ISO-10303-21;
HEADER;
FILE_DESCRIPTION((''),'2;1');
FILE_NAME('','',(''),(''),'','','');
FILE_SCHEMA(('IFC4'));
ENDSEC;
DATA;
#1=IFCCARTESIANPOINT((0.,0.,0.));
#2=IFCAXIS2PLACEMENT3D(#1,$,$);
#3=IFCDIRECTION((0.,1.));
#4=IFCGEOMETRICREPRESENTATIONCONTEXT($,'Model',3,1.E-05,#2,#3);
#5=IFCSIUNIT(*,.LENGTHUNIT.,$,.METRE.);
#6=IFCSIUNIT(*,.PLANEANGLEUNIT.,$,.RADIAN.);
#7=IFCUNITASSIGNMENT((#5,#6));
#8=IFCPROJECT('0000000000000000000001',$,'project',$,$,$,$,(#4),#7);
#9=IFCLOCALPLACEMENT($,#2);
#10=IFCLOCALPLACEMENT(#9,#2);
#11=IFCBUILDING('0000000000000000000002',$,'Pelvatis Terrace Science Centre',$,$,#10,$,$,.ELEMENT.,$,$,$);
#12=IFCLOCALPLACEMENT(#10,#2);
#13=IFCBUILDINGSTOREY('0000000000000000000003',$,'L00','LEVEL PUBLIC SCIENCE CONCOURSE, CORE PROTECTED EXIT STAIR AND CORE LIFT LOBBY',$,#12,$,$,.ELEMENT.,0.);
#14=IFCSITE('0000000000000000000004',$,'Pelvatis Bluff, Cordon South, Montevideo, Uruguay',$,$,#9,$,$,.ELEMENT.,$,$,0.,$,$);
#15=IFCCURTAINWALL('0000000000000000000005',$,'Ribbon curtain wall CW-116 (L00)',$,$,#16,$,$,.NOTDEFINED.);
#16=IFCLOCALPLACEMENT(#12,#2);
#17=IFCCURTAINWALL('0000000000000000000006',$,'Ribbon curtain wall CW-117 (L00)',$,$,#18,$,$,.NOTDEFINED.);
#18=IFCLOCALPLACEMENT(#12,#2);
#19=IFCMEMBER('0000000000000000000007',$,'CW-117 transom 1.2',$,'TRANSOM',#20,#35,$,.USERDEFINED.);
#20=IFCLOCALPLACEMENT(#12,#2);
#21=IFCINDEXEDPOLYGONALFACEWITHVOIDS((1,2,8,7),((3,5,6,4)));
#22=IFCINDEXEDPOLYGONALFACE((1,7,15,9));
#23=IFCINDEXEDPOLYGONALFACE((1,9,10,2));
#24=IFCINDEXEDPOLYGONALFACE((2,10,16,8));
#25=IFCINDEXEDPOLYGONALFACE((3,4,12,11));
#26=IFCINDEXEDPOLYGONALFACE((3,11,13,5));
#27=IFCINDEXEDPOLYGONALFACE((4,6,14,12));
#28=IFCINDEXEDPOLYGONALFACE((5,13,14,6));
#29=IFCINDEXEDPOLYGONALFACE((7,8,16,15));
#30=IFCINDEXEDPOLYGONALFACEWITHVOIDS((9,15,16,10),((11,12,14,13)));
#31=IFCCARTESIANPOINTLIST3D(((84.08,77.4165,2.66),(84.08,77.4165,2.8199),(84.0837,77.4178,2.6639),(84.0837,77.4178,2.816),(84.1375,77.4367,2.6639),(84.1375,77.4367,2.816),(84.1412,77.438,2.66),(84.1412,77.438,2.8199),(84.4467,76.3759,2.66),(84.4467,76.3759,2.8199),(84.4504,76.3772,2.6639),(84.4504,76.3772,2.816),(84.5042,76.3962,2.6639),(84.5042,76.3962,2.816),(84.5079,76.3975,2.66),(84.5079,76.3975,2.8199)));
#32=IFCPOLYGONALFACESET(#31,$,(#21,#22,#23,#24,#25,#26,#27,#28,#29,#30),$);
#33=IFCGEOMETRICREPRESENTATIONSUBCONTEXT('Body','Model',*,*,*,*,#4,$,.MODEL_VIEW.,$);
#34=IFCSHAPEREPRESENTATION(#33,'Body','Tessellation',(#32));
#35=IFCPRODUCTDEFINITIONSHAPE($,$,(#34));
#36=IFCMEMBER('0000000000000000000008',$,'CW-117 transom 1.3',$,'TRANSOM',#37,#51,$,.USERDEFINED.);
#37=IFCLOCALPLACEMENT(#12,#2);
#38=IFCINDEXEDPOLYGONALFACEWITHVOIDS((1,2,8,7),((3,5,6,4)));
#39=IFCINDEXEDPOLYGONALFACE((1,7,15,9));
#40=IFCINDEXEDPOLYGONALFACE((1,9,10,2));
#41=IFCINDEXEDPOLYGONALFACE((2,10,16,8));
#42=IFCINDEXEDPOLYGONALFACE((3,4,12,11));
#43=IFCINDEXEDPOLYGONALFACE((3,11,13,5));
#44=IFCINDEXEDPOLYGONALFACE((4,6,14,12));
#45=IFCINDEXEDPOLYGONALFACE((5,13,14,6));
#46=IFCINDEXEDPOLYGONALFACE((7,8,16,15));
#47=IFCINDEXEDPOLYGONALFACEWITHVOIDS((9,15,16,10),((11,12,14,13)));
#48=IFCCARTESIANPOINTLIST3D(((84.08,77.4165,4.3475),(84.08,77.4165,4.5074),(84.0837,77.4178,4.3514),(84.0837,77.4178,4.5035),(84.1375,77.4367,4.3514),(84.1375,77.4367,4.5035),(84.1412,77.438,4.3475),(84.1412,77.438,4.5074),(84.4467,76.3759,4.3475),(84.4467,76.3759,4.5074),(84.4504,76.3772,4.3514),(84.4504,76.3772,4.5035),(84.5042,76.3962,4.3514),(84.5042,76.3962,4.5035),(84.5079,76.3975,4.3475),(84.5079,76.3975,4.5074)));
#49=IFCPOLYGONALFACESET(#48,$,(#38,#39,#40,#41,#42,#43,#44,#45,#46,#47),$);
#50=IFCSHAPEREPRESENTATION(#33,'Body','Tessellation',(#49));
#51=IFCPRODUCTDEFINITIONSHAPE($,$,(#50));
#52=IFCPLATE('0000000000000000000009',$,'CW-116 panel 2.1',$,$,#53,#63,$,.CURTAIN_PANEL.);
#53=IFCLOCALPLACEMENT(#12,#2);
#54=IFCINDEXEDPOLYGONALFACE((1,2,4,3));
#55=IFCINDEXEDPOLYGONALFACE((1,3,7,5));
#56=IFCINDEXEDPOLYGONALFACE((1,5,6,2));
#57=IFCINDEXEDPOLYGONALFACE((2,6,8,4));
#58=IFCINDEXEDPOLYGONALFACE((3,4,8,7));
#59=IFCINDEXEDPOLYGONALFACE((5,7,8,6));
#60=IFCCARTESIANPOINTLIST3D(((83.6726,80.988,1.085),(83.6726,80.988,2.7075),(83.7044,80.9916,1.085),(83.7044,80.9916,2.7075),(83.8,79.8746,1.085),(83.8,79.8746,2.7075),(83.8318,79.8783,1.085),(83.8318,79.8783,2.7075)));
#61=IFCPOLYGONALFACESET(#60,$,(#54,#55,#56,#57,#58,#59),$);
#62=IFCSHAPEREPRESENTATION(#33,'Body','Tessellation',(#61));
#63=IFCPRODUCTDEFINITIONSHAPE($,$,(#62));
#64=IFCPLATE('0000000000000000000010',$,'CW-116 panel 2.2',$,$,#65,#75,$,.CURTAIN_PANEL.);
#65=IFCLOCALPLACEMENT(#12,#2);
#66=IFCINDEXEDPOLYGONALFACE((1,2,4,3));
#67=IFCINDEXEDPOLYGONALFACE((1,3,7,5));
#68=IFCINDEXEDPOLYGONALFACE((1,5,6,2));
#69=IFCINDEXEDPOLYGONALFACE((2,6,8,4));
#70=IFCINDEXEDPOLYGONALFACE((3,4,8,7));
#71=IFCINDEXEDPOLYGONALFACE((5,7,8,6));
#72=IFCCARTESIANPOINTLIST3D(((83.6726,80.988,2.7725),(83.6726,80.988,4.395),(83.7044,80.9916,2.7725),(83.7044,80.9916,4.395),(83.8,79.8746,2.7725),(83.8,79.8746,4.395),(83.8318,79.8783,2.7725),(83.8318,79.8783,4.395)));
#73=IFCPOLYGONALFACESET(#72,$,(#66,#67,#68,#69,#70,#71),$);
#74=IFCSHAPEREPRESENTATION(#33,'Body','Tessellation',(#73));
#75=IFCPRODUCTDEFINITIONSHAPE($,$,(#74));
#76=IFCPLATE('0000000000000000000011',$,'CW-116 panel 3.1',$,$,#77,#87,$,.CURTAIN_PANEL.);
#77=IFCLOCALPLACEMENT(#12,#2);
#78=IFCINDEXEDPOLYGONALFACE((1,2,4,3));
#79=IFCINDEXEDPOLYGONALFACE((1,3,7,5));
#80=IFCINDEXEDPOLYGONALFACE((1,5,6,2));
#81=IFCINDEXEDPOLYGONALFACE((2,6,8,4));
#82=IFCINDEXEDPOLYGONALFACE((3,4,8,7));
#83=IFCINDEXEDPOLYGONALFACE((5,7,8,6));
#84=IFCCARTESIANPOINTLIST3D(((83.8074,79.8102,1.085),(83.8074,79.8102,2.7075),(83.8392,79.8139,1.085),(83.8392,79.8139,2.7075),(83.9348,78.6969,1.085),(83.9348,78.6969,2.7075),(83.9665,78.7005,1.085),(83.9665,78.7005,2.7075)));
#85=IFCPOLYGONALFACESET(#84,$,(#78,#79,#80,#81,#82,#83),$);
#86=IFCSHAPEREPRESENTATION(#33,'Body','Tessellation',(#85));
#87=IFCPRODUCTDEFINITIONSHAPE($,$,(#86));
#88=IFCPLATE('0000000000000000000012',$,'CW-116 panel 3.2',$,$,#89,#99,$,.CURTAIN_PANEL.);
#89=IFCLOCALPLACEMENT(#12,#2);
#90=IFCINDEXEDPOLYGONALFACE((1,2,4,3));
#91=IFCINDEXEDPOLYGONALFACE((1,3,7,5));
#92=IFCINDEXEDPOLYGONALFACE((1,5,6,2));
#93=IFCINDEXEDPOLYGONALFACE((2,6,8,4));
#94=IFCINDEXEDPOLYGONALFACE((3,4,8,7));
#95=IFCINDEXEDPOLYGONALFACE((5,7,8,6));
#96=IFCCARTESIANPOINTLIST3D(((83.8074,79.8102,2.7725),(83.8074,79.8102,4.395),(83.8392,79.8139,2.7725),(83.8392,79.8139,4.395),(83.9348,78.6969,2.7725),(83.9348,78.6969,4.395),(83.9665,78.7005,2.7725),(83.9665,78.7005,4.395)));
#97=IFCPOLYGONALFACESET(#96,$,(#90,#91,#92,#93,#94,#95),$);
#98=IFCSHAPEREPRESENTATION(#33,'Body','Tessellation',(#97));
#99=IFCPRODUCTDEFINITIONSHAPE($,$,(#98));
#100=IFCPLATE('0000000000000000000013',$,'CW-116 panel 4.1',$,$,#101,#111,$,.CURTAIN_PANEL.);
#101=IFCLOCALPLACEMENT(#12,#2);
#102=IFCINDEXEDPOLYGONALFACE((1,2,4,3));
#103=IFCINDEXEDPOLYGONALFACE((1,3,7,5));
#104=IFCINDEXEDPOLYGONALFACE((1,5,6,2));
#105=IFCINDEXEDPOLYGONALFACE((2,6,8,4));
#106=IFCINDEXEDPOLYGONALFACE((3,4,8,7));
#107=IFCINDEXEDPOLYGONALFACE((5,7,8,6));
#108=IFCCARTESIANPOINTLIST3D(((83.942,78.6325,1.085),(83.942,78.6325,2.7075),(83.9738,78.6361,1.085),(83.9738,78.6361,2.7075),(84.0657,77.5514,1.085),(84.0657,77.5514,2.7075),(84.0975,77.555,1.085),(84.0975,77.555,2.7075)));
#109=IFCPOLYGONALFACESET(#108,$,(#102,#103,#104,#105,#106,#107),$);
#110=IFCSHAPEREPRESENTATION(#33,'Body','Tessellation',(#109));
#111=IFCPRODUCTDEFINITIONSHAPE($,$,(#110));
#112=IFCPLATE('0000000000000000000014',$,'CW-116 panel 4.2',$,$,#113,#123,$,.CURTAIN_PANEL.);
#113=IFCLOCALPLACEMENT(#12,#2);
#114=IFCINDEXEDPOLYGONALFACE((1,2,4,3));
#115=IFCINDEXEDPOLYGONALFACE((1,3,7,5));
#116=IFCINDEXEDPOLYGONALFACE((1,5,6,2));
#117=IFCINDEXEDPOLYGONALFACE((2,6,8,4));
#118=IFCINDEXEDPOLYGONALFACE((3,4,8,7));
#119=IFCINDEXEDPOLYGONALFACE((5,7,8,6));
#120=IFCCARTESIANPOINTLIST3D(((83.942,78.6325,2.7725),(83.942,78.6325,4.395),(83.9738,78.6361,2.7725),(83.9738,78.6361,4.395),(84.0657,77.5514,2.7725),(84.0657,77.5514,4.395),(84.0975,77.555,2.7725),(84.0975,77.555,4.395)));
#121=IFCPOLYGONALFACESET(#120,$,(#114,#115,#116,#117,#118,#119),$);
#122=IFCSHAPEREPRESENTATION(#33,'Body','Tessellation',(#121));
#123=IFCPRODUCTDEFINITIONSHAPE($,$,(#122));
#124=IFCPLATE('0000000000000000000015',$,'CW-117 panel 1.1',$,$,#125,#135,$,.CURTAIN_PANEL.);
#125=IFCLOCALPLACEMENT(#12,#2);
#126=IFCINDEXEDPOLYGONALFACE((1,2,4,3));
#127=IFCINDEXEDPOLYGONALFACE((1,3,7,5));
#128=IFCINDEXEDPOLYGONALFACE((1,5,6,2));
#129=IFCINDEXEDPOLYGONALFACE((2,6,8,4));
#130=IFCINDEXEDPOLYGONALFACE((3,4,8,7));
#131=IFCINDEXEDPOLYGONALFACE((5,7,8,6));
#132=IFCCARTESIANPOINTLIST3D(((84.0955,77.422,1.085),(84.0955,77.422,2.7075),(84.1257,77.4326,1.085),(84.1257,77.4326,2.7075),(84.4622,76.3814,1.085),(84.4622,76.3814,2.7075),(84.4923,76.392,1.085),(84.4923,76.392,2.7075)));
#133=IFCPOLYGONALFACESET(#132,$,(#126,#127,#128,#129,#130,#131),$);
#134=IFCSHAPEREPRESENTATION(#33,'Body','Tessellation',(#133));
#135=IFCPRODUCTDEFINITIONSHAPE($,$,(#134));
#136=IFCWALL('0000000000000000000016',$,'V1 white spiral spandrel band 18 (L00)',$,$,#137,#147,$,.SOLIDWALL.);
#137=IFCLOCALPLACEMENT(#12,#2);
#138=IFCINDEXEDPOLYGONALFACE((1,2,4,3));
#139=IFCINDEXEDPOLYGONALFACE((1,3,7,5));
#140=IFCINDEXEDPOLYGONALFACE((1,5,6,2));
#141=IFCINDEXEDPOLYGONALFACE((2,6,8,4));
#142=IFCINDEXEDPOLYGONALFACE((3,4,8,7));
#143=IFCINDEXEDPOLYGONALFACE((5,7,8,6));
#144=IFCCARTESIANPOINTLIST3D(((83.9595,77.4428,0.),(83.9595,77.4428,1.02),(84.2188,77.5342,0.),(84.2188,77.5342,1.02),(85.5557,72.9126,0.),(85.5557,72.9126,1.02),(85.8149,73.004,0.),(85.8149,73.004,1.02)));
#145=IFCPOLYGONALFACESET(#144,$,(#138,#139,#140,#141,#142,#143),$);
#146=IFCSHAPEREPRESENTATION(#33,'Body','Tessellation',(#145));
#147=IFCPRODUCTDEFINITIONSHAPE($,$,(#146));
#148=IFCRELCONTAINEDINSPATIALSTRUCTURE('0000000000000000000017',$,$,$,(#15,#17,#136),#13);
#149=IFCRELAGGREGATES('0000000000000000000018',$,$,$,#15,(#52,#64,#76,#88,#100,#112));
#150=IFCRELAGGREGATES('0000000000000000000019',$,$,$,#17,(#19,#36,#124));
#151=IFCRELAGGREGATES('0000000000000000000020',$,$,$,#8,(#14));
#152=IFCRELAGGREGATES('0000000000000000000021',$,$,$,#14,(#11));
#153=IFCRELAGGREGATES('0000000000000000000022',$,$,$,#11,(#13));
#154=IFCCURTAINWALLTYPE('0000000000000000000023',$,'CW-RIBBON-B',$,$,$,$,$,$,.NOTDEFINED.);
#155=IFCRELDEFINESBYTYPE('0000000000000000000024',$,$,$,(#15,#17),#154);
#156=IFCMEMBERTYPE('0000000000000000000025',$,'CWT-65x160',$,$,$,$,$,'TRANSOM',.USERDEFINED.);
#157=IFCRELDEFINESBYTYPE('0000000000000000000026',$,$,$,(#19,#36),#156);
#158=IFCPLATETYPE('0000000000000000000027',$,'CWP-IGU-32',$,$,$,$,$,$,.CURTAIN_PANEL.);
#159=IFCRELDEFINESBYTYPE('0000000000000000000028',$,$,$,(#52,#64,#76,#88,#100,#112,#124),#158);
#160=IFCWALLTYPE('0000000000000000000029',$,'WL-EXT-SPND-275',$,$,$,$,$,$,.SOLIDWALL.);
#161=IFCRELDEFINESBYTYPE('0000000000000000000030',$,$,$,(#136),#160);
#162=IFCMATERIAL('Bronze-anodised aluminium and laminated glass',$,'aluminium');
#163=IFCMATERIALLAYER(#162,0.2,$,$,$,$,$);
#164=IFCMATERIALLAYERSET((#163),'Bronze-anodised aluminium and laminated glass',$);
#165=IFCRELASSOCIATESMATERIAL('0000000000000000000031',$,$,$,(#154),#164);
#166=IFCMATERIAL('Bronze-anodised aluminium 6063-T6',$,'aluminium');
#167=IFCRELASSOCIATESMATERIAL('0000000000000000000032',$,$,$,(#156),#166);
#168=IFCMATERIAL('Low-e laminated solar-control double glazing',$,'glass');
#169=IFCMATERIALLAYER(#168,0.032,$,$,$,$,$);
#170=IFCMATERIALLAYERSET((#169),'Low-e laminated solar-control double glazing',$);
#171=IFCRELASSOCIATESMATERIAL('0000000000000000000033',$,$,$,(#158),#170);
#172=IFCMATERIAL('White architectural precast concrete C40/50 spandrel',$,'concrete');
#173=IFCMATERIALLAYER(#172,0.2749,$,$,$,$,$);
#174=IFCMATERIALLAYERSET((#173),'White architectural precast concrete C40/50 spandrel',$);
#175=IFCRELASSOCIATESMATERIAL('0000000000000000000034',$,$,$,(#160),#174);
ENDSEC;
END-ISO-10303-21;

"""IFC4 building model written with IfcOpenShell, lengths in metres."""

from ifc_helpers import new_model, si_unit, direction, frame, frame_2d, origin, origin_2d, place, context, subcontext, project, spatial, rectangle, hollow_rectangle, extrude, material, layer, layer_set, material_profile, profile_set, type_object, element, aggregate, save


model = new_model("IFC4")

# Units and contexts
model_context = context("Model", 3, precision=1e-05, world=origin(), true_north=direction((0.0, 1.0)))
body_context = subcontext(model_context, "Body", "Model", "MODEL_VIEW")
ifc_project = project(units=[si_unit("LENGTHUNIT", "METRE"), si_unit("PLANEANGLEUNIT", "RADIAN")], contexts=[model_context])

# Site, building, storey
site_placement = place(None, origin())
site = spatial("IfcSite", under=ifc_project, at=site_placement, Name="Pelvatis Bluff, Cordon South, Montevideo, Uruguay", CompositionType="ELEMENT", RefElevation=0.0)
building_placement = place(site_placement, origin())
building = spatial("IfcBuilding", under=site, at=building_placement, Name="Pelvatis Terrace Science Centre", CompositionType="ELEMENT")
storey_placement = place(building_placement, origin())
storey = spatial("IfcBuildingStorey", under=building, at=storey_placement, Name="L00", Description="LEVEL PUBLIC SCIENCE CONCOURSE, CORE PROTECTED EXIT STAIR AND CORE LIFT LOBBY", CompositionType="ELEMENT", Elevation=0.0)

# Curtain wall
ifc_material_1 = material(Name="Bronze-anodised aluminium and laminated glass", Category="aluminium")
ifc_layer_1 = layer(ifc_material_1, 0.2)
ifc_layer_set_1 = layer_set([ifc_layer_1], Name="Bronze-anodised aluminium and laminated glass")
curtain_wall_type = type_object("IfcCurtainWallType", Name="CW-RIBBON-B", PredefinedType="NOTDEFINED", material=ifc_layer_set_1)
curtain_wall_1_placement = place(storey_placement, origin())
curtain_wall_1 = element("IfcCurtainWall", 1, at=curtain_wall_1_placement, inside=storey, type_object=curtain_wall_type, Name="Ribbon curtain wall CW-116 (L00)", PredefinedType="NOTDEFINED")

# Curtain wall
curtain_wall_2_placement = place(storey_placement, origin())
curtain_wall_2 = element("IfcCurtainWall", 2, at=curtain_wall_2_placement, inside=storey, type_object=curtain_wall_type, Name="Ribbon curtain wall CW-117 (L00)", PredefinedType="NOTDEFINED")

# Members
ifc_material_2 = material(Name="Bronze-anodised aluminium 6063-T6", Category="aluminium")
ifc_material_profile_1 = material_profile(ifc_material_2, hollow_rectangle(XDim=0.0649, YDim=0.1599, WallThickness=0.0039, at=origin_2d()), Name="ALU-TRN 65x160")
ifc_profile_set_1 = profile_set([ifc_material_profile_1], Name="Bronze-anodised aluminium 6063-T6")
member_type_1 = type_object("IfcMemberType", Name="CWT-65x160", ElementType="TRANSOM", PredefinedType="USERDEFINED", material=ifc_profile_set_1)
member_1_placement = place(storey_placement, frame((84.1106, 77.4272, 2.74), z_axis=(0.33238, -0.943145, 0.0), x_axis=(0.943145, 0.33238, 0.0)))
member_1 = element("IfcMember", 3, at=member_1_placement, type_object=member_type_1, Name="CW-117 transom 1.2", ObjectType="TRANSOM", PredefinedType="USERDEFINED", context=body_context, shape_type="SweptSolid", body=[
    extrude(hollow_rectangle(XDim=0.0649, YDim=0.1599, WallThickness=0.0039, at=origin_2d()), origin(), (0.0, 0.0, 1.0), 1.1033),
])
member_2_placement = place(storey_placement, frame((84.1106, 77.4272, 4.4275), z_axis=(0.33238, -0.943145, 0.0), x_axis=(0.943145, 0.33238, 0.0)))
member_2 = element("IfcMember", 4, at=member_2_placement, type_object=member_type_1, Name="CW-117 transom 1.3", ObjectType="TRANSOM", PredefinedType="USERDEFINED", context=body_context, shape_type="SweptSolid", body=[
    extrude(hollow_rectangle(XDim=0.0649, YDim=0.1599, WallThickness=0.0039, at=origin_2d()), origin(), (0.0, 0.0, 1.0), 1.1033),
])

# Plates
ifc_material_3 = material(Name="Low-e laminated solar-control double glazing", Category="glass")
ifc_layer_2 = layer(ifc_material_3, 0.032)
ifc_layer_set_2 = layer_set([ifc_layer_2], Name="Low-e laminated solar-control double glazing")
plate_type = type_object("IfcPlateType", Name="CWP-IGU-32", PredefinedType="CURTAIN_PANEL", material=ifc_layer_set_2)
plate_1_placement = place(storey_placement, frame((83.7522, 80.4331, 1.085), z_axis=(0.0, 0.0, 1.0), x_axis=(0.113662, -0.993519, 0.0)))
plate_1 = element("IfcPlate", 5, at=plate_1_placement, type_object=plate_type, Name="CW-116 panel 2.1", PredefinedType="CURTAIN_PANEL", context=body_context, shape_type="SweptSolid", body=[
    extrude(rectangle(XDim=1.1206, YDim=0.032, at=origin_2d()), origin(), (0.0, 0.0, 1.0), 1.6226),
])
plate_2_placement = place(storey_placement, frame((83.7522, 80.4331, 2.7725), z_axis=(0.0, 0.0, 1.0), x_axis=(0.113662, -0.993519, 0.0)))
plate_2 = element("IfcPlate", 6, at=plate_2_placement, type_object=plate_type, Name="CW-116 panel 2.2", PredefinedType="CURTAIN_PANEL", context=body_context, shape_type="SweptSolid", body=[
    extrude(rectangle(XDim=1.1206, YDim=0.032, at=origin_2d()), origin(), (0.0, 0.0, 1.0), 1.6226),
])
plate_3_placement = place(storey_placement, frame((83.887, 79.2554, 1.085), z_axis=(0.0, 0.0, 1.0), x_axis=(0.113662, -0.993519, 0.0)))
plate_3 = element("IfcPlate", 7, at=plate_3_placement, type_object=plate_type, Name="CW-116 panel 3.1", PredefinedType="CURTAIN_PANEL", context=body_context, shape_type="SweptSolid", body=[
    extrude(rectangle(XDim=1.1206, YDim=0.032, at=origin_2d()), origin(), (0.0, 0.0, 1.0), 1.6226),
])
plate_4_placement = place(storey_placement, frame((83.887, 79.2554, 2.7725), z_axis=(0.0, 0.0, 1.0), x_axis=(0.113662, -0.993519, 0.0)))
plate_4 = element("IfcPlate", 8, at=plate_4_placement, type_object=plate_type, Name="CW-116 panel 3.2", PredefinedType="CURTAIN_PANEL", context=body_context, shape_type="SweptSolid", body=[
    extrude(rectangle(XDim=1.1206, YDim=0.032, at=origin_2d()), origin(), (0.0, 0.0, 1.0), 1.6226),
])
plate_5_placement = place(storey_placement, frame((84.0198, 78.0938, 1.085), z_axis=(0.0, 0.0, 1.0), x_axis=(0.113662, -0.993519, 0.0)))
plate_5 = element("IfcPlate", 9, at=plate_5_placement, type_object=plate_type, Name="CW-116 panel 4.1", PredefinedType="CURTAIN_PANEL", context=body_context, shape_type="SweptSolid", body=[
    extrude(rectangle(XDim=1.0881, YDim=0.032, at=origin_2d()), origin(), (0.0, 0.0, 1.0), 1.6226),
])
plate_6_placement = place(storey_placement, frame((84.0198, 78.0938, 2.7725), z_axis=(0.0, 0.0, 1.0), x_axis=(0.113662, -0.993519, 0.0)))
plate_6 = element("IfcPlate", 10, at=plate_6_placement, type_object=plate_type, Name="CW-116 panel 4.2", PredefinedType="CURTAIN_PANEL", context=body_context, shape_type="SweptSolid", body=[
    extrude(rectangle(XDim=1.0881, YDim=0.032, at=origin_2d()), origin(), (0.0, 0.0, 1.0), 1.6226),
])
aggregate(curtain_wall_1, [plate_1, plate_2, plate_3, plate_4, plate_5, plate_6])
plate_7_placement = place(storey_placement, frame((84.2939, 76.907, 1.085), z_axis=(0.0, 0.0, 1.0), x_axis=(0.332308, -0.943171, 0.0)))
plate_7 = element("IfcPlate", 11, at=plate_7_placement, type_object=plate_type, Name="CW-117 panel 1.1", PredefinedType="CURTAIN_PANEL", context=body_context, shape_type="SweptSolid", body=[
    extrude(rectangle(XDim=1.1033, YDim=0.032, at=origin_2d()), origin(), (0.0, 0.0, 1.0), 1.6226),
])
aggregate(curtain_wall_2, [member_1, member_2, plate_7])

# Wall
ifc_material_4 = material(Name="White architectural precast concrete C40/50 spandrel", Category="concrete")
ifc_layer_3 = layer(ifc_material_4, 0.2749)
ifc_layer_set_3 = layer_set([ifc_layer_3], Name="White architectural precast concrete C40/50 spandrel")
wall_type = type_object("IfcWallType", Name="WL-EXT-SPND-275", PredefinedType="SOLIDWALL", material=ifc_layer_set_3)
wall_placement = place(storey_placement, frame((84.0891, 77.4885, 0.0), z_axis=(0.0, 0.0, 1.0), x_axis=(0.332315, -0.943168, 0.0)))
element("IfcWall", 12, at=wall_placement, inside=storey, type_object=wall_type, Name="V1 white spiral spandrel band 18 (L00)", PredefinedType="SOLIDWALL", context=body_context, shape_type="SweptSolid", body=[
    extrude(rectangle(XDim=4.8032, YDim=0.2749, at=frame_2d((2.4016, 0.0))), origin(), (0.0, 0.0, 1.0), 1.02),
])

save(model, "model.ifc")
